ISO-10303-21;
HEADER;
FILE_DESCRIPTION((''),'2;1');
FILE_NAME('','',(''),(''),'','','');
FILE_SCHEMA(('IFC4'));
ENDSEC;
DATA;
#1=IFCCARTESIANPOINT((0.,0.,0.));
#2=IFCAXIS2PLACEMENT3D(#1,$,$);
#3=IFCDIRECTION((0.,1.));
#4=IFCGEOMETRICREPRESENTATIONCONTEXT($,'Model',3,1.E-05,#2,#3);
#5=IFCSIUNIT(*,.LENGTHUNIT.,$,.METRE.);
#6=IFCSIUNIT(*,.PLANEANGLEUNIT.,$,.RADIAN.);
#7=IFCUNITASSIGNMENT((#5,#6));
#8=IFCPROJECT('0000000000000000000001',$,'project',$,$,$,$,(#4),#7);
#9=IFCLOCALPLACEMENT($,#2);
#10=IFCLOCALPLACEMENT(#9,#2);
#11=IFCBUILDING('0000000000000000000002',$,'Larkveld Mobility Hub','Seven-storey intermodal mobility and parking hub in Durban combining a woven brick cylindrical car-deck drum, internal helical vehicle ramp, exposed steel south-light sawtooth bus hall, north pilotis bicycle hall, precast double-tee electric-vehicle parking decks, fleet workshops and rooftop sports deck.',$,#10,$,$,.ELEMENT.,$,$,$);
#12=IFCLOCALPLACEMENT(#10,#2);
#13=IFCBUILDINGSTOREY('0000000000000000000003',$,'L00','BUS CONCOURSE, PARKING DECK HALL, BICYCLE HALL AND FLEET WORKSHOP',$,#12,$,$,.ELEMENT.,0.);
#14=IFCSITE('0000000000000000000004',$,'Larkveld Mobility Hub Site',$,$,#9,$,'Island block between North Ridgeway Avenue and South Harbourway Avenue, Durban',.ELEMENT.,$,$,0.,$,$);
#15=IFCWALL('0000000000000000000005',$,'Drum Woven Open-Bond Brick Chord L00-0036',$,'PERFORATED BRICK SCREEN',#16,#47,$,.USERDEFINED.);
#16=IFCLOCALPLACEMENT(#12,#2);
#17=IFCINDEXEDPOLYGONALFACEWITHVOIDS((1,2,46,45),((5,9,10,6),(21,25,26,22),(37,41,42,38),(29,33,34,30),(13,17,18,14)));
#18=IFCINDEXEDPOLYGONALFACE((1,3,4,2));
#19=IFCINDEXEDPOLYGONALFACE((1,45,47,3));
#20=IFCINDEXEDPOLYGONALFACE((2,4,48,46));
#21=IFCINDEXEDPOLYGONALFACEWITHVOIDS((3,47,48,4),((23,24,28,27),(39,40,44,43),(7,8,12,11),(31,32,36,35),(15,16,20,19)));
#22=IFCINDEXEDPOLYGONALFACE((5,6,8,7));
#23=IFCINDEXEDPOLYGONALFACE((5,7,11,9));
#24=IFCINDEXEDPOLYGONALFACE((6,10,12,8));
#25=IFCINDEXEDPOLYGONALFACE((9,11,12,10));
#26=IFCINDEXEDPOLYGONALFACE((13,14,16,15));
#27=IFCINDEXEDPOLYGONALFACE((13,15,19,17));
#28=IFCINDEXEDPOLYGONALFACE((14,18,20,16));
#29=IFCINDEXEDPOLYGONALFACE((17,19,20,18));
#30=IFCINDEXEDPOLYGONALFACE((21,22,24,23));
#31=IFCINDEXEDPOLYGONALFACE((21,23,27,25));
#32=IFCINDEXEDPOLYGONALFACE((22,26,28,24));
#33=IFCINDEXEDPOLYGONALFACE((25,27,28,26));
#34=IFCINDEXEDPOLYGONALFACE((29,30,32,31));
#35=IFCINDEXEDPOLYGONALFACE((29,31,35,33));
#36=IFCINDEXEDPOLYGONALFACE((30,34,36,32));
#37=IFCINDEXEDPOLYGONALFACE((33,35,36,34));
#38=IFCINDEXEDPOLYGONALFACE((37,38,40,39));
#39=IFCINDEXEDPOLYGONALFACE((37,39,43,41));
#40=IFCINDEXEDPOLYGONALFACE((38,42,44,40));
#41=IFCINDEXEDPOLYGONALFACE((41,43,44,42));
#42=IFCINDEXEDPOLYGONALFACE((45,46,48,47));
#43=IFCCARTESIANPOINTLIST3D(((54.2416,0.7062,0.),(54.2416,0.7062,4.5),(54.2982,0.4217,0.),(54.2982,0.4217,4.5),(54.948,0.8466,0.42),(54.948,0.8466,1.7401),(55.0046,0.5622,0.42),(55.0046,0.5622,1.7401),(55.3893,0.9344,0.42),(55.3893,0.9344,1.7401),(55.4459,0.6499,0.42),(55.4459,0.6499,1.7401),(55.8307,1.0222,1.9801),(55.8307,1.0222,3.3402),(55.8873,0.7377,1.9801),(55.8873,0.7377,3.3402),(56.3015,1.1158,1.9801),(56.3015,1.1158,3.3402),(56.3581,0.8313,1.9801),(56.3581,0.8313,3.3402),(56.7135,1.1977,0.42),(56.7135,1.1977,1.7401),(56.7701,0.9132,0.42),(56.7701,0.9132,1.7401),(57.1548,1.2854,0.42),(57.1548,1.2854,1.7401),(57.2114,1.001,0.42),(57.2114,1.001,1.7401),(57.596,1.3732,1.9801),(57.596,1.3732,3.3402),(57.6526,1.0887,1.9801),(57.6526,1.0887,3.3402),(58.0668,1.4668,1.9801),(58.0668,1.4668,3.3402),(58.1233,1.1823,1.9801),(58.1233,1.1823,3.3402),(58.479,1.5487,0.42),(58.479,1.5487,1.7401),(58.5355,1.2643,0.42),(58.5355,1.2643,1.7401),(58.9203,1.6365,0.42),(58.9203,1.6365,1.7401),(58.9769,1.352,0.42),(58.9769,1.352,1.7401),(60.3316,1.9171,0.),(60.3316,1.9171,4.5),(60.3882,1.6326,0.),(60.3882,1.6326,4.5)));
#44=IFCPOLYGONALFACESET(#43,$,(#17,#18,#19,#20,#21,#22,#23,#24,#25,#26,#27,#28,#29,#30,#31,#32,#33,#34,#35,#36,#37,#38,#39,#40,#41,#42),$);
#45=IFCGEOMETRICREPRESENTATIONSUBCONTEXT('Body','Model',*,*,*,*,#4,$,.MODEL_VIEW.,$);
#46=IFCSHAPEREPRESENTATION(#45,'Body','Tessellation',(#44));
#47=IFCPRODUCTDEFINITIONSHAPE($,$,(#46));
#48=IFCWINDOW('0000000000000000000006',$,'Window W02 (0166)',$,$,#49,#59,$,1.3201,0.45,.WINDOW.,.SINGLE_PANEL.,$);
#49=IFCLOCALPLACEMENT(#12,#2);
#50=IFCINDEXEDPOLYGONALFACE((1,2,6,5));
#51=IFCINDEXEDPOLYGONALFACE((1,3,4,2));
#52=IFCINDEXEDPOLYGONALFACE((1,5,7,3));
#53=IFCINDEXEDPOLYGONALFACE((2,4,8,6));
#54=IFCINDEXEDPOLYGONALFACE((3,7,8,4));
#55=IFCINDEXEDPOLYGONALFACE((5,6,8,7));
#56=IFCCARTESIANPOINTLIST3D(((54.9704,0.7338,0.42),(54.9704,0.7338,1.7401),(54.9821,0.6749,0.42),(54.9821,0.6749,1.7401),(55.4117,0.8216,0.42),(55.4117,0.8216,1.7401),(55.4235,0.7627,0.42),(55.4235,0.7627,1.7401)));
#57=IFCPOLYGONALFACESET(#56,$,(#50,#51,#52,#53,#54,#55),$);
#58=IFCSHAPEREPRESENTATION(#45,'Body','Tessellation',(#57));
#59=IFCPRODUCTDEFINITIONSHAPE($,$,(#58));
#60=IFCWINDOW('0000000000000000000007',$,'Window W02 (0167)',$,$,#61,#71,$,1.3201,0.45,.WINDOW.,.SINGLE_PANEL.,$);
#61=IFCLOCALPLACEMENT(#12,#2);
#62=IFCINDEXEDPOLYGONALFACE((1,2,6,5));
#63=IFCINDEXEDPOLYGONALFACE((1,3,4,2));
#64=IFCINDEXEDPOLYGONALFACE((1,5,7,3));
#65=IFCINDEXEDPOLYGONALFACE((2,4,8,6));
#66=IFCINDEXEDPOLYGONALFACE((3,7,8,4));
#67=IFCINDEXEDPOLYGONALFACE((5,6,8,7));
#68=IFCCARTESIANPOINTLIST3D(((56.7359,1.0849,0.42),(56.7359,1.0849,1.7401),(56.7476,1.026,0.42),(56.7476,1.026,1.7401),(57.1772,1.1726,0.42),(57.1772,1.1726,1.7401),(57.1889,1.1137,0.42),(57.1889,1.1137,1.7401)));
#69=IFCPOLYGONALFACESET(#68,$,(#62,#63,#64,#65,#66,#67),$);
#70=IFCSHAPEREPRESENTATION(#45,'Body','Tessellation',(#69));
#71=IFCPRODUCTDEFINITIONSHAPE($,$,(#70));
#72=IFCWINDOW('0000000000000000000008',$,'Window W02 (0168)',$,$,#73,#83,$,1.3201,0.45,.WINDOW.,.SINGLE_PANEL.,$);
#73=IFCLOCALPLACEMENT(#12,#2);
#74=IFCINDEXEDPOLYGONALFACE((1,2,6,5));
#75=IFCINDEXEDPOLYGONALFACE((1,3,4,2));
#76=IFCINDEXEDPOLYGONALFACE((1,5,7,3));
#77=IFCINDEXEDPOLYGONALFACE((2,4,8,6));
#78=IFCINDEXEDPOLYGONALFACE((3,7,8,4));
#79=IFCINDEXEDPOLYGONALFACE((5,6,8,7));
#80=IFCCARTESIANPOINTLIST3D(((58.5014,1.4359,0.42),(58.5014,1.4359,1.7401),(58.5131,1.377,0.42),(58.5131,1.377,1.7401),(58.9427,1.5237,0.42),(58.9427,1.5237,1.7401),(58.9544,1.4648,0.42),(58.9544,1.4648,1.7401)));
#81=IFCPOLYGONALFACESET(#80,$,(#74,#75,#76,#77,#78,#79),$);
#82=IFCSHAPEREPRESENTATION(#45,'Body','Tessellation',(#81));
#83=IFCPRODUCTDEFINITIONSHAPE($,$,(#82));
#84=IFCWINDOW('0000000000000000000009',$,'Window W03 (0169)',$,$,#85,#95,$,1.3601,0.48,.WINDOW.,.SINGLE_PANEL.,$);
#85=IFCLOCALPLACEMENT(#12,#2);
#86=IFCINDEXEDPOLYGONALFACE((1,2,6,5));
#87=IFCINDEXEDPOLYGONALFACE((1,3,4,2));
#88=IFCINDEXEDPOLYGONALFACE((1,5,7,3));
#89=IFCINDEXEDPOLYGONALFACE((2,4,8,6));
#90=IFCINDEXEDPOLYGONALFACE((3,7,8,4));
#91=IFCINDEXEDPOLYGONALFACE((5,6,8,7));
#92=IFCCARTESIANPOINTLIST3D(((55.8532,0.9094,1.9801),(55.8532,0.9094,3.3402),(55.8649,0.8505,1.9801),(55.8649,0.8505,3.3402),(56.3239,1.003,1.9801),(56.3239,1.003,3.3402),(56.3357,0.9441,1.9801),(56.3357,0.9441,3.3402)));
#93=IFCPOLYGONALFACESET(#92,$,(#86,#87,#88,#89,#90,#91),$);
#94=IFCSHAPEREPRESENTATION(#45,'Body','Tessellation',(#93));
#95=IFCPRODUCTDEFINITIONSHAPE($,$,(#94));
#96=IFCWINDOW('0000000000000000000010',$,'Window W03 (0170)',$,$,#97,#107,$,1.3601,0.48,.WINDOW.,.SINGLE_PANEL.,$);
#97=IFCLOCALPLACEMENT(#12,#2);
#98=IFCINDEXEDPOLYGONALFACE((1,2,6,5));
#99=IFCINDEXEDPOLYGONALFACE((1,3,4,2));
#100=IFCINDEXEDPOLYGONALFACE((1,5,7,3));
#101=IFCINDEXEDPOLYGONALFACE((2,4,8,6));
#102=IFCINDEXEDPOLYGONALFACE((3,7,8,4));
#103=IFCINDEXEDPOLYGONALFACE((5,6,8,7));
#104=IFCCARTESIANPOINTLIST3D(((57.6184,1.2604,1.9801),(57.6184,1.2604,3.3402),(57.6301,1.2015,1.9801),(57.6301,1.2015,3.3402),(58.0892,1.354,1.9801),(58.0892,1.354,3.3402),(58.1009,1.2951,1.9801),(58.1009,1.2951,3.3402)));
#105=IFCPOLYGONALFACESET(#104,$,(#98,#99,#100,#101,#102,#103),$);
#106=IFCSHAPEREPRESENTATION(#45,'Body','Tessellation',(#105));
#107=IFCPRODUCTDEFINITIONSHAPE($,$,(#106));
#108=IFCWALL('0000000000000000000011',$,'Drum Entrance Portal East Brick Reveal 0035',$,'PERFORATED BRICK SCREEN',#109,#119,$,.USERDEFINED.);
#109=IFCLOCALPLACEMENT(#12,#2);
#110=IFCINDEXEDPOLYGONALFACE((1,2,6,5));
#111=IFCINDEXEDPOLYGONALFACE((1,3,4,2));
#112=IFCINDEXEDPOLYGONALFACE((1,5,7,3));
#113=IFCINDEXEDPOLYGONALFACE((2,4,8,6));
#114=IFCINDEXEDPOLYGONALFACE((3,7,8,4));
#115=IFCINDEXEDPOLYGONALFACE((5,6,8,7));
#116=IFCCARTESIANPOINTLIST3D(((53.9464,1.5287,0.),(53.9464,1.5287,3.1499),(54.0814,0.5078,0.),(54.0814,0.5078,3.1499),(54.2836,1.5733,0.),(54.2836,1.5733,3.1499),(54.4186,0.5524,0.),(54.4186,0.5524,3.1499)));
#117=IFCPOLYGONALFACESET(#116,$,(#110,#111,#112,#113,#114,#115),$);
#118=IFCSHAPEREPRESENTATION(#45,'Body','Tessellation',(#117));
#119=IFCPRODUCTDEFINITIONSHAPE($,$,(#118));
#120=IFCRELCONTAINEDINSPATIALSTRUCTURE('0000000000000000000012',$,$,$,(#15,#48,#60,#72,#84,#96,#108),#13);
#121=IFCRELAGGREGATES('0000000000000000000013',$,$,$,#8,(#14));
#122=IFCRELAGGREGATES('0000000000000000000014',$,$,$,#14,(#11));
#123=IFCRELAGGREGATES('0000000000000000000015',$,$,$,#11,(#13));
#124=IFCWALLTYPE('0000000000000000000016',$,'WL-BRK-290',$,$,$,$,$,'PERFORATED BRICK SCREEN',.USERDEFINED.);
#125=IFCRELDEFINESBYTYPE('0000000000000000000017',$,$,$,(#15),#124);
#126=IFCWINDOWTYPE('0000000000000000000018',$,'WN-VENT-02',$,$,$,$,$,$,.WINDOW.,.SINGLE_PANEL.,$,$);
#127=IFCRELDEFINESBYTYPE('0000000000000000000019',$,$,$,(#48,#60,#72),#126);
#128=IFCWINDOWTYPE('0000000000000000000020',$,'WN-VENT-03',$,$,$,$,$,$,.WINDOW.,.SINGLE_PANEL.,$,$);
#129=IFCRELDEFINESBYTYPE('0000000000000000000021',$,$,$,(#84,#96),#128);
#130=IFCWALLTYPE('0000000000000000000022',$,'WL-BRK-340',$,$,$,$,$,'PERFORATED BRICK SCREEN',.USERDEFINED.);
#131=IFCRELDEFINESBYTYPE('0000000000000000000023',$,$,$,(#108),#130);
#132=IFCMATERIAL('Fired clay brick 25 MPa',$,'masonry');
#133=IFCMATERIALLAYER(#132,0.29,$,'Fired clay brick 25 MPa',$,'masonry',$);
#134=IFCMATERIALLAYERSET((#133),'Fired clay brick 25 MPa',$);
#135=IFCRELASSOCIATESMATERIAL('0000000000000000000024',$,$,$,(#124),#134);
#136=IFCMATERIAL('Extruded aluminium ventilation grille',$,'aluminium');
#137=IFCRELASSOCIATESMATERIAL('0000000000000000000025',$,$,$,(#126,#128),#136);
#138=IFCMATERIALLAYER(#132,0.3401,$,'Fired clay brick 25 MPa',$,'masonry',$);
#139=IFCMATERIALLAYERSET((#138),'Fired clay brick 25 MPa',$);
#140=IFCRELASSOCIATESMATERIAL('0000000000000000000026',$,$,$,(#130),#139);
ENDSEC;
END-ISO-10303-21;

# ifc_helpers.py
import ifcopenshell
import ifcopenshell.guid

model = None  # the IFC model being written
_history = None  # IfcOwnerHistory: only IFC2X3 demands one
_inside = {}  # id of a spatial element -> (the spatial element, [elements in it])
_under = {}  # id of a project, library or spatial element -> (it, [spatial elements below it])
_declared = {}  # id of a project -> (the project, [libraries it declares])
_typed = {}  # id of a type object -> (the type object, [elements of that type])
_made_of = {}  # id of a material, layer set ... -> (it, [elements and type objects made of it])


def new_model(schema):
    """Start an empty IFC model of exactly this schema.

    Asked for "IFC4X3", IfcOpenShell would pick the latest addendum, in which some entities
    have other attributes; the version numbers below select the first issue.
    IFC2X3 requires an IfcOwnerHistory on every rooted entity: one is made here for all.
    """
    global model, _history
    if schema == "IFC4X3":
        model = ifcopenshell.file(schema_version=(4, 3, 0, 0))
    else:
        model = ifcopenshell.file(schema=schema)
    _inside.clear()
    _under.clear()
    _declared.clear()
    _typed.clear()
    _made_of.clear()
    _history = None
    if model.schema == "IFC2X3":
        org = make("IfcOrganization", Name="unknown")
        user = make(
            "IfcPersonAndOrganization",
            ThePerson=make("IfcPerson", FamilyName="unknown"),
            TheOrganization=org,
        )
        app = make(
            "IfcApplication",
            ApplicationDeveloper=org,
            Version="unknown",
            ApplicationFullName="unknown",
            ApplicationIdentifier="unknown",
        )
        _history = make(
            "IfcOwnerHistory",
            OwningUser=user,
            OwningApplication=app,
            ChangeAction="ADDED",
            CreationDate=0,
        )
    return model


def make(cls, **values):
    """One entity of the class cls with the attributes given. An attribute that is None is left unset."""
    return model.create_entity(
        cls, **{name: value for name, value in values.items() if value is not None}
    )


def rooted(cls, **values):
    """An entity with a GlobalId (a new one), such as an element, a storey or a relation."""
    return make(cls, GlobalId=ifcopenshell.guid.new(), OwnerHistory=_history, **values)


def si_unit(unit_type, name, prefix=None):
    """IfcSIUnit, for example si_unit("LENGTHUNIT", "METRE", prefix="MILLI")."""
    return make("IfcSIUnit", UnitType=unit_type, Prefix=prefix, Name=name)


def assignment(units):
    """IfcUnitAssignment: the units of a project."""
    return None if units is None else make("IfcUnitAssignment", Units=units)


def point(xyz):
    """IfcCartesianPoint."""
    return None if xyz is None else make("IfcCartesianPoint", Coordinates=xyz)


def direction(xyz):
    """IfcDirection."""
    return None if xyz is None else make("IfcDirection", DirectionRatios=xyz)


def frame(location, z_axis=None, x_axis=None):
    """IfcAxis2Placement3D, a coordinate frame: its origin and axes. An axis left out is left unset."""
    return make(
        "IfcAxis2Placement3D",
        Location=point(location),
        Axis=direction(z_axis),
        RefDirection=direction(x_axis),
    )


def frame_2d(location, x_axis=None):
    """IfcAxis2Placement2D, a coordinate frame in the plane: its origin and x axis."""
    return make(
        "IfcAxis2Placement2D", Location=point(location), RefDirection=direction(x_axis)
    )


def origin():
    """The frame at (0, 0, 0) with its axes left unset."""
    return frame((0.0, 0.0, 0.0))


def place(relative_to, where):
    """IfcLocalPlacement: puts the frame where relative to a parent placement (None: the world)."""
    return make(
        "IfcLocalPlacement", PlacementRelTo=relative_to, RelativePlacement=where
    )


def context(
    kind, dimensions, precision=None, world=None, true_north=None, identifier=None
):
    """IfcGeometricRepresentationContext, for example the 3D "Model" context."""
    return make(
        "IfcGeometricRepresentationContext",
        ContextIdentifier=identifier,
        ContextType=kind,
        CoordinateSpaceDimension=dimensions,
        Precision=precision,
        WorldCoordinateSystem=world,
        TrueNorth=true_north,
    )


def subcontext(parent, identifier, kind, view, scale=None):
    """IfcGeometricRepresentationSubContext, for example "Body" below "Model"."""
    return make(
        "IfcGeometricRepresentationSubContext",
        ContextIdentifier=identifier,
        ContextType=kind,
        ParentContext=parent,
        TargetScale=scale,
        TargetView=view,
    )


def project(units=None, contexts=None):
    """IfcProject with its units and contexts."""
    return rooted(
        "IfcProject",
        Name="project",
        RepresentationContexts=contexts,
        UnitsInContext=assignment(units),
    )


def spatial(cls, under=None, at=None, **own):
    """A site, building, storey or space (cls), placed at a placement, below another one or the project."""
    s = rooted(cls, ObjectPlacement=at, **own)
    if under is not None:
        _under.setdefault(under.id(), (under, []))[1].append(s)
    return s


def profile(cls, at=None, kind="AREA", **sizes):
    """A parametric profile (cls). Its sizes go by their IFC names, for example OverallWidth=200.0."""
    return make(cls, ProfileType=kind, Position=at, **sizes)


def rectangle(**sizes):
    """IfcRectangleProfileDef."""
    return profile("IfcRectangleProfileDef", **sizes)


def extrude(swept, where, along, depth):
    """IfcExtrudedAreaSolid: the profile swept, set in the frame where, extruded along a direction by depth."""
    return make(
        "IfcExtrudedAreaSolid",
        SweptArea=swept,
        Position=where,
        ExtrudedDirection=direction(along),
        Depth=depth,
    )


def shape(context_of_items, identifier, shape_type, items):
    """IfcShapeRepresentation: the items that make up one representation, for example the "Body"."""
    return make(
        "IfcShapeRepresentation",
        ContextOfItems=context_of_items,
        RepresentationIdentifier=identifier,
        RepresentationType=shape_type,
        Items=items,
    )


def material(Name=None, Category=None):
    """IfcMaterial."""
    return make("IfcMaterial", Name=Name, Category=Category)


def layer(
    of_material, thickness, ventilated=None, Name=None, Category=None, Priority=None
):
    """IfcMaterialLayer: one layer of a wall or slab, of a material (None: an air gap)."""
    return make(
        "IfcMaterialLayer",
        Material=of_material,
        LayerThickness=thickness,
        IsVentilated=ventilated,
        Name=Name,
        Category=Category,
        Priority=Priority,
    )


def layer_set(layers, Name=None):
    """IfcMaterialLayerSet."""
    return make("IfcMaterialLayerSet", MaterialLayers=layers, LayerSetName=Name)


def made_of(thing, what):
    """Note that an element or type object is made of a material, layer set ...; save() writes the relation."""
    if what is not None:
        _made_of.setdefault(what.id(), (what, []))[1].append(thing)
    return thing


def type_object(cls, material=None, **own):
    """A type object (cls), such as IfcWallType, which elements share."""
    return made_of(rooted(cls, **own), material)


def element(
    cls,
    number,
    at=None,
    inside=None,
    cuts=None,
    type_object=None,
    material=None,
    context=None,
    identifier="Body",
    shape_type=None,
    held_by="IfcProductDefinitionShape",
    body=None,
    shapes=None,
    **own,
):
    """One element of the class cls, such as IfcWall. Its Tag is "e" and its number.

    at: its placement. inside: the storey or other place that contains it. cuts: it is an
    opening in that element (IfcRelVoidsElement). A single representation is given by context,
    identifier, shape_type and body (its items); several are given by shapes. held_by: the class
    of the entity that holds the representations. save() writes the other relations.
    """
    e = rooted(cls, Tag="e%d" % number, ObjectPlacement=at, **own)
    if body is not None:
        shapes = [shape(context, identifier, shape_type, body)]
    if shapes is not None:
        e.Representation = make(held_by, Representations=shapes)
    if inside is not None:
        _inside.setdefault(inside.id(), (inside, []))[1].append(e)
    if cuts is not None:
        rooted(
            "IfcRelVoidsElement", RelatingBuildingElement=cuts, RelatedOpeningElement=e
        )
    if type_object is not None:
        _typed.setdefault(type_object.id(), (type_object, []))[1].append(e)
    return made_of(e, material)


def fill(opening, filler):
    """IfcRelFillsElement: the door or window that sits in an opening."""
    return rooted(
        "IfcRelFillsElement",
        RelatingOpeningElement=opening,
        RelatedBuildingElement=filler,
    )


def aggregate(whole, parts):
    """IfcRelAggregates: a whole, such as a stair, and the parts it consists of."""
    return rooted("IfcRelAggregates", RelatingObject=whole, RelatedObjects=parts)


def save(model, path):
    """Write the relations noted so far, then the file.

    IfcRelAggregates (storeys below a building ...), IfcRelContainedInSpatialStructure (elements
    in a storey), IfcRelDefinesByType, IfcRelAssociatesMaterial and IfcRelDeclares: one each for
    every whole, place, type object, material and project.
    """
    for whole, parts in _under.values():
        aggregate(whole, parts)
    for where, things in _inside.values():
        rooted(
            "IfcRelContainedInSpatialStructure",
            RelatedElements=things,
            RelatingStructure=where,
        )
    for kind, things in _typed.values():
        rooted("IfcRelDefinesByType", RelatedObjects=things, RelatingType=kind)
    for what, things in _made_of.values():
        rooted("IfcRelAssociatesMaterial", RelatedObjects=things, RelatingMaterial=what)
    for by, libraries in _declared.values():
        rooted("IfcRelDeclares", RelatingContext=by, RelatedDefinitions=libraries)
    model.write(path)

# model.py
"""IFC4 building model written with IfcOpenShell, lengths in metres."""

from ifc_helpers import new_model, si_unit, direction, frame, frame_2d, origin, place, context, subcontext, project, spatial, rectangle, extrude, material, layer, layer_set, type_object, element, fill, save


model = new_model("IFC4")

# Units and contexts
model_context = context("Model", 3, precision=1e-05, world=origin(), true_north=direction((0.0, 1.0)))
body_context = subcontext(model_context, "Body", "Model", "MODEL_VIEW")
ifc_project = project(units=[si_unit("LENGTHUNIT", "METRE"), si_unit("PLANEANGLEUNIT", "RADIAN")], contexts=[model_context])

# Site, building, storey
site_placement = place(None, origin())
site = spatial("IfcSite", under=ifc_project, at=site_placement, Name="Larkveld Mobility Hub Site", LongName="Island block between North Ridgeway Avenue and South Harbourway Avenue, Durban", CompositionType="ELEMENT", RefElevation=0.0)
building_placement = place(site_placement, origin())
building = spatial("IfcBuilding", under=site, at=building_placement, Name="Larkveld Mobility Hub", Description="Seven-storey intermodal mobility and parking hub in Durban combining a woven brick cylindrical car-deck drum, internal helical vehicle ramp, exposed steel south-light sawtooth bus hall, north pilotis bicycle hall, precast double-tee electric-vehicle parking decks, fleet workshops and rooftop sports deck.", CompositionType="ELEMENT")
storey_placement = place(building_placement, origin())
storey = spatial("IfcBuildingStorey", under=building, at=storey_placement, Name="L00", Description="BUS CONCOURSE, PARKING DECK HALL, BICYCLE HALL AND FLEET WORKSHOP", CompositionType="ELEMENT", Elevation=0.0)

# Wall, openings, windows
ifc_material_1 = material(Name="Fired clay brick 25 MPa", Category="masonry")
ifc_layer_1 = layer(ifc_material_1, 0.29, Name="Fired clay brick 25 MPa", Category="masonry")
ifc_layer_set_1 = layer_set([ifc_layer_1], Name="Fired clay brick 25 MPa")
wall_type_1 = type_object("IfcWallType", Name="WL-BRK-290", ElementType="PERFORATED BRICK SCREEN", PredefinedType="USERDEFINED", material=ifc_layer_set_1)
wall_1_placement = place(storey_placement, frame((54.27, 0.564, 0.0), z_axis=(0.0, 0.0, 1.0), x_axis=(0.980799, 0.19502, 0.0)))
wall_1 = element("IfcWall", 1, at=wall_1_placement, inside=storey, type_object=wall_type_1, Name="Drum Woven Open-Bond Brick Chord L00-0036", ObjectType="PERFORATED BRICK SCREEN", PredefinedType="USERDEFINED", context=body_context, shape_type="SweptSolid", body=[
    extrude(rectangle(XDim=6.2092, YDim=0.29, at=frame_2d((3.1045, 0.0))), origin(), (0.0, 0.0, 1.0), 4.5),
])
opening_1_placement = place(wall_1_placement, frame((0.72, 0.0, 0.4199)))
opening_1 = element("IfcOpeningElement", 2, at=opening_1_placement, cuts=wall_1, PredefinedType="OPENING", context=body_context, shape_type="SweptSolid", body=[
    extrude(rectangle(XDim=0.45, YDim=1.3201, at=frame_2d((0.2251, 0.6602))), frame((0.0, 0.155, 0.0), z_axis=(0.0, -1.0, 0.0), x_axis=(1.0, 0.0, 0.0)), (0.0, 0.0, 1.0), 0.3101),
])
opening_2_placement = place(wall_1_placement, frame((2.52, 0.0, 0.4199)))
opening_2 = element("IfcOpeningElement", 3, at=opening_2_placement, cuts=wall_1, PredefinedType="OPENING", context=body_context, shape_type="SweptSolid", body=[
    extrude(rectangle(XDim=0.45, YDim=1.3201, at=frame_2d((0.2251, 0.6602))), frame((0.0, 0.155, 0.0), z_axis=(0.0, -1.0, 0.0), x_axis=(1.0, 0.0, 0.0)), (0.0, 0.0, 1.0), 0.3101),
])
opening_3_placement = place(wall_1_placement, frame((4.3201, 0.0, 0.4199)))
opening_3 = element("IfcOpeningElement", 4, at=opening_3_placement, cuts=wall_1, PredefinedType="OPENING", context=body_context, shape_type="SweptSolid", body=[
    extrude(rectangle(XDim=0.45, YDim=1.3201, at=frame_2d((0.2251, 0.6602))), frame((0.0, 0.155, 0.0), z_axis=(0.0, -1.0, 0.0), x_axis=(1.0, 0.0, 0.0)), (0.0, 0.0, 1.0), 0.3101),
])
opening_4_placement = place(wall_1_placement, frame((1.6201, 0.0, 1.98)))
opening_4 = element("IfcOpeningElement", 5, at=opening_4_placement, cuts=wall_1, PredefinedType="OPENING", context=body_context, shape_type="SweptSolid", body=[
    extrude(rectangle(XDim=0.48, YDim=1.3601, at=frame_2d((0.24, 0.6802))), frame((0.0, 0.155, 0.0), z_axis=(0.0, -1.0, 0.0), x_axis=(1.0, 0.0, 0.0)), (0.0, 0.0, 1.0), 0.3101),
])
opening_5_placement = place(wall_1_placement, frame((3.4199, 0.0, 1.98)))
opening_5 = element("IfcOpeningElement", 6, at=opening_5_placement, cuts=wall_1, PredefinedType="OPENING", context=body_context, shape_type="SweptSolid", body=[
    extrude(rectangle(XDim=0.48, YDim=1.3601, at=frame_2d((0.24, 0.6802))), frame((0.0, 0.155, 0.0), z_axis=(0.0, -1.0, 0.0), x_axis=(1.0, 0.0, 0.0)), (0.0, 0.0, 1.0), 0.3101),
])
ifc_material_2 = material(Name="Extruded aluminium ventilation grille", Category="aluminium")
window_type_1 = type_object("IfcWindowType", Name="WN-VENT-02", PartitioningType="SINGLE_PANEL", PredefinedType="WINDOW", material=ifc_material_2)
window_1_placement = place(opening_1_placement, origin())
window_1 = element("IfcWindow", 7, at=window_1_placement, inside=storey, type_object=window_type_1, Name="Window W02 (0166)", OverallHeight=1.3201, OverallWidth=0.45, PartitioningType="SINGLE_PANEL", PredefinedType="WINDOW", context=body_context, shape_type="SweptSolid", body=[
    extrude(rectangle(XDim=0.45, YDim=1.3201, at=frame_2d((0.2251, 0.6602))), frame((0.0, 0.03, 0.0), z_axis=(0.0, -1.0, 0.0), x_axis=(1.0, 0.0, 0.0)), (0.0, 0.0, 1.0), 0.0601),
])
fill(opening_1, window_1)
window_2_placement = place(opening_2_placement, origin())
window_2 = element("IfcWindow", 8, at=window_2_placement, inside=storey, type_object=window_type_1, Name="Window W02 (0167)", OverallHeight=1.3201, OverallWidth=0.45, PartitioningType="SINGLE_PANEL", PredefinedType="WINDOW", context=body_context, shape_type="SweptSolid", body=[
    extrude(rectangle(XDim=0.45, YDim=1.3201, at=frame_2d((0.2251, 0.6602))), frame((0.0, 0.03, 0.0), z_axis=(0.0, -1.0, 0.0), x_axis=(1.0, 0.0, 0.0)), (0.0, 0.0, 1.0), 0.0601),
])
fill(opening_2, window_2)
window_3_placement = place(opening_3_placement, origin())
window_3 = element("IfcWindow", 9, at=window_3_placement, inside=storey, type_object=window_type_1, Name="Window W02 (0168)", OverallHeight=1.3201, OverallWidth=0.45, PartitioningType="SINGLE_PANEL", PredefinedType="WINDOW", context=body_context, shape_type="SweptSolid", body=[
    extrude(rectangle(XDim=0.45, YDim=1.3201, at=frame_2d((0.2251, 0.6602))), frame((0.0, 0.03, 0.0), z_axis=(0.0, -1.0, 0.0), x_axis=(1.0, 0.0, 0.0)), (0.0, 0.0, 1.0), 0.0601),
])
fill(opening_3, window_3)
window_type_2 = type_object("IfcWindowType", Name="WN-VENT-03", PartitioningType="SINGLE_PANEL", PredefinedType="WINDOW", material=ifc_material_2)
window_4_placement = place(opening_4_placement, origin())
window_4 = element("IfcWindow", 10, at=window_4_placement, inside=storey, type_object=window_type_2, Name="Window W03 (0169)", OverallHeight=1.3601, OverallWidth=0.48, PartitioningType="SINGLE_PANEL", PredefinedType="WINDOW", context=body_context, shape_type="SweptSolid", body=[
    extrude(rectangle(XDim=0.48, YDim=1.3601, at=frame_2d((0.24, 0.6802))), frame((0.0, 0.03, 0.0), z_axis=(0.0, -1.0, 0.0), x_axis=(1.0, 0.0, 0.0)), (0.0, 0.0, 1.0), 0.0601),
])
fill(opening_4, window_4)
window_5_placement = place(opening_5_placement, origin())
window_5 = element("IfcWindow", 11, at=window_5_placement, inside=storey, type_object=window_type_2, Name="Window W03 (0170)", OverallHeight=1.3601, OverallWidth=0.48, PartitioningType="SINGLE_PANEL", PredefinedType="WINDOW", context=body_context, shape_type="SweptSolid", body=[
    extrude(rectangle(XDim=0.48, YDim=1.3601, at=frame_2d((0.24, 0.6802))), frame((0.0, 0.03, 0.0), z_axis=(0.0, -1.0, 0.0), x_axis=(1.0, 0.0, 0.0)), (0.0, 0.0, 1.0), 0.0601),
])
fill(opening_5, window_5)

# Wall
ifc_layer_2 = layer(ifc_material_1, 0.3401, Name="Fired clay brick 25 MPa", Category="masonry")
ifc_layer_set_2 = layer_set([ifc_layer_2], Name="Fired clay brick 25 MPa")
wall_type_2 = type_object("IfcWallType", Name="WL-BRK-340", ElementType="PERFORATED BRICK SCREEN", PredefinedType="USERDEFINED", material=ifc_layer_set_2)
wall_2_placement = place(storey_placement, frame((54.115, 1.551, 0.0), z_axis=(0.0, 0.0, 1.0), x_axis=(0.131092, -0.99137, 0.0)))
element("IfcWall", 12, at=wall_2_placement, inside=storey, type_object=wall_type_2, Name="Drum Entrance Portal East Brick Reveal 0035", ObjectType="PERFORATED BRICK SCREEN", PredefinedType="USERDEFINED", context=body_context, shape_type="SweptSolid", body=[
    extrude(rectangle(XDim=1.0298, YDim=0.3401, at=frame_2d((0.5149, 0.0))), origin(), (0.0, 0.0, 1.0), 3.1499),
])

save(model, "model.ifc")
